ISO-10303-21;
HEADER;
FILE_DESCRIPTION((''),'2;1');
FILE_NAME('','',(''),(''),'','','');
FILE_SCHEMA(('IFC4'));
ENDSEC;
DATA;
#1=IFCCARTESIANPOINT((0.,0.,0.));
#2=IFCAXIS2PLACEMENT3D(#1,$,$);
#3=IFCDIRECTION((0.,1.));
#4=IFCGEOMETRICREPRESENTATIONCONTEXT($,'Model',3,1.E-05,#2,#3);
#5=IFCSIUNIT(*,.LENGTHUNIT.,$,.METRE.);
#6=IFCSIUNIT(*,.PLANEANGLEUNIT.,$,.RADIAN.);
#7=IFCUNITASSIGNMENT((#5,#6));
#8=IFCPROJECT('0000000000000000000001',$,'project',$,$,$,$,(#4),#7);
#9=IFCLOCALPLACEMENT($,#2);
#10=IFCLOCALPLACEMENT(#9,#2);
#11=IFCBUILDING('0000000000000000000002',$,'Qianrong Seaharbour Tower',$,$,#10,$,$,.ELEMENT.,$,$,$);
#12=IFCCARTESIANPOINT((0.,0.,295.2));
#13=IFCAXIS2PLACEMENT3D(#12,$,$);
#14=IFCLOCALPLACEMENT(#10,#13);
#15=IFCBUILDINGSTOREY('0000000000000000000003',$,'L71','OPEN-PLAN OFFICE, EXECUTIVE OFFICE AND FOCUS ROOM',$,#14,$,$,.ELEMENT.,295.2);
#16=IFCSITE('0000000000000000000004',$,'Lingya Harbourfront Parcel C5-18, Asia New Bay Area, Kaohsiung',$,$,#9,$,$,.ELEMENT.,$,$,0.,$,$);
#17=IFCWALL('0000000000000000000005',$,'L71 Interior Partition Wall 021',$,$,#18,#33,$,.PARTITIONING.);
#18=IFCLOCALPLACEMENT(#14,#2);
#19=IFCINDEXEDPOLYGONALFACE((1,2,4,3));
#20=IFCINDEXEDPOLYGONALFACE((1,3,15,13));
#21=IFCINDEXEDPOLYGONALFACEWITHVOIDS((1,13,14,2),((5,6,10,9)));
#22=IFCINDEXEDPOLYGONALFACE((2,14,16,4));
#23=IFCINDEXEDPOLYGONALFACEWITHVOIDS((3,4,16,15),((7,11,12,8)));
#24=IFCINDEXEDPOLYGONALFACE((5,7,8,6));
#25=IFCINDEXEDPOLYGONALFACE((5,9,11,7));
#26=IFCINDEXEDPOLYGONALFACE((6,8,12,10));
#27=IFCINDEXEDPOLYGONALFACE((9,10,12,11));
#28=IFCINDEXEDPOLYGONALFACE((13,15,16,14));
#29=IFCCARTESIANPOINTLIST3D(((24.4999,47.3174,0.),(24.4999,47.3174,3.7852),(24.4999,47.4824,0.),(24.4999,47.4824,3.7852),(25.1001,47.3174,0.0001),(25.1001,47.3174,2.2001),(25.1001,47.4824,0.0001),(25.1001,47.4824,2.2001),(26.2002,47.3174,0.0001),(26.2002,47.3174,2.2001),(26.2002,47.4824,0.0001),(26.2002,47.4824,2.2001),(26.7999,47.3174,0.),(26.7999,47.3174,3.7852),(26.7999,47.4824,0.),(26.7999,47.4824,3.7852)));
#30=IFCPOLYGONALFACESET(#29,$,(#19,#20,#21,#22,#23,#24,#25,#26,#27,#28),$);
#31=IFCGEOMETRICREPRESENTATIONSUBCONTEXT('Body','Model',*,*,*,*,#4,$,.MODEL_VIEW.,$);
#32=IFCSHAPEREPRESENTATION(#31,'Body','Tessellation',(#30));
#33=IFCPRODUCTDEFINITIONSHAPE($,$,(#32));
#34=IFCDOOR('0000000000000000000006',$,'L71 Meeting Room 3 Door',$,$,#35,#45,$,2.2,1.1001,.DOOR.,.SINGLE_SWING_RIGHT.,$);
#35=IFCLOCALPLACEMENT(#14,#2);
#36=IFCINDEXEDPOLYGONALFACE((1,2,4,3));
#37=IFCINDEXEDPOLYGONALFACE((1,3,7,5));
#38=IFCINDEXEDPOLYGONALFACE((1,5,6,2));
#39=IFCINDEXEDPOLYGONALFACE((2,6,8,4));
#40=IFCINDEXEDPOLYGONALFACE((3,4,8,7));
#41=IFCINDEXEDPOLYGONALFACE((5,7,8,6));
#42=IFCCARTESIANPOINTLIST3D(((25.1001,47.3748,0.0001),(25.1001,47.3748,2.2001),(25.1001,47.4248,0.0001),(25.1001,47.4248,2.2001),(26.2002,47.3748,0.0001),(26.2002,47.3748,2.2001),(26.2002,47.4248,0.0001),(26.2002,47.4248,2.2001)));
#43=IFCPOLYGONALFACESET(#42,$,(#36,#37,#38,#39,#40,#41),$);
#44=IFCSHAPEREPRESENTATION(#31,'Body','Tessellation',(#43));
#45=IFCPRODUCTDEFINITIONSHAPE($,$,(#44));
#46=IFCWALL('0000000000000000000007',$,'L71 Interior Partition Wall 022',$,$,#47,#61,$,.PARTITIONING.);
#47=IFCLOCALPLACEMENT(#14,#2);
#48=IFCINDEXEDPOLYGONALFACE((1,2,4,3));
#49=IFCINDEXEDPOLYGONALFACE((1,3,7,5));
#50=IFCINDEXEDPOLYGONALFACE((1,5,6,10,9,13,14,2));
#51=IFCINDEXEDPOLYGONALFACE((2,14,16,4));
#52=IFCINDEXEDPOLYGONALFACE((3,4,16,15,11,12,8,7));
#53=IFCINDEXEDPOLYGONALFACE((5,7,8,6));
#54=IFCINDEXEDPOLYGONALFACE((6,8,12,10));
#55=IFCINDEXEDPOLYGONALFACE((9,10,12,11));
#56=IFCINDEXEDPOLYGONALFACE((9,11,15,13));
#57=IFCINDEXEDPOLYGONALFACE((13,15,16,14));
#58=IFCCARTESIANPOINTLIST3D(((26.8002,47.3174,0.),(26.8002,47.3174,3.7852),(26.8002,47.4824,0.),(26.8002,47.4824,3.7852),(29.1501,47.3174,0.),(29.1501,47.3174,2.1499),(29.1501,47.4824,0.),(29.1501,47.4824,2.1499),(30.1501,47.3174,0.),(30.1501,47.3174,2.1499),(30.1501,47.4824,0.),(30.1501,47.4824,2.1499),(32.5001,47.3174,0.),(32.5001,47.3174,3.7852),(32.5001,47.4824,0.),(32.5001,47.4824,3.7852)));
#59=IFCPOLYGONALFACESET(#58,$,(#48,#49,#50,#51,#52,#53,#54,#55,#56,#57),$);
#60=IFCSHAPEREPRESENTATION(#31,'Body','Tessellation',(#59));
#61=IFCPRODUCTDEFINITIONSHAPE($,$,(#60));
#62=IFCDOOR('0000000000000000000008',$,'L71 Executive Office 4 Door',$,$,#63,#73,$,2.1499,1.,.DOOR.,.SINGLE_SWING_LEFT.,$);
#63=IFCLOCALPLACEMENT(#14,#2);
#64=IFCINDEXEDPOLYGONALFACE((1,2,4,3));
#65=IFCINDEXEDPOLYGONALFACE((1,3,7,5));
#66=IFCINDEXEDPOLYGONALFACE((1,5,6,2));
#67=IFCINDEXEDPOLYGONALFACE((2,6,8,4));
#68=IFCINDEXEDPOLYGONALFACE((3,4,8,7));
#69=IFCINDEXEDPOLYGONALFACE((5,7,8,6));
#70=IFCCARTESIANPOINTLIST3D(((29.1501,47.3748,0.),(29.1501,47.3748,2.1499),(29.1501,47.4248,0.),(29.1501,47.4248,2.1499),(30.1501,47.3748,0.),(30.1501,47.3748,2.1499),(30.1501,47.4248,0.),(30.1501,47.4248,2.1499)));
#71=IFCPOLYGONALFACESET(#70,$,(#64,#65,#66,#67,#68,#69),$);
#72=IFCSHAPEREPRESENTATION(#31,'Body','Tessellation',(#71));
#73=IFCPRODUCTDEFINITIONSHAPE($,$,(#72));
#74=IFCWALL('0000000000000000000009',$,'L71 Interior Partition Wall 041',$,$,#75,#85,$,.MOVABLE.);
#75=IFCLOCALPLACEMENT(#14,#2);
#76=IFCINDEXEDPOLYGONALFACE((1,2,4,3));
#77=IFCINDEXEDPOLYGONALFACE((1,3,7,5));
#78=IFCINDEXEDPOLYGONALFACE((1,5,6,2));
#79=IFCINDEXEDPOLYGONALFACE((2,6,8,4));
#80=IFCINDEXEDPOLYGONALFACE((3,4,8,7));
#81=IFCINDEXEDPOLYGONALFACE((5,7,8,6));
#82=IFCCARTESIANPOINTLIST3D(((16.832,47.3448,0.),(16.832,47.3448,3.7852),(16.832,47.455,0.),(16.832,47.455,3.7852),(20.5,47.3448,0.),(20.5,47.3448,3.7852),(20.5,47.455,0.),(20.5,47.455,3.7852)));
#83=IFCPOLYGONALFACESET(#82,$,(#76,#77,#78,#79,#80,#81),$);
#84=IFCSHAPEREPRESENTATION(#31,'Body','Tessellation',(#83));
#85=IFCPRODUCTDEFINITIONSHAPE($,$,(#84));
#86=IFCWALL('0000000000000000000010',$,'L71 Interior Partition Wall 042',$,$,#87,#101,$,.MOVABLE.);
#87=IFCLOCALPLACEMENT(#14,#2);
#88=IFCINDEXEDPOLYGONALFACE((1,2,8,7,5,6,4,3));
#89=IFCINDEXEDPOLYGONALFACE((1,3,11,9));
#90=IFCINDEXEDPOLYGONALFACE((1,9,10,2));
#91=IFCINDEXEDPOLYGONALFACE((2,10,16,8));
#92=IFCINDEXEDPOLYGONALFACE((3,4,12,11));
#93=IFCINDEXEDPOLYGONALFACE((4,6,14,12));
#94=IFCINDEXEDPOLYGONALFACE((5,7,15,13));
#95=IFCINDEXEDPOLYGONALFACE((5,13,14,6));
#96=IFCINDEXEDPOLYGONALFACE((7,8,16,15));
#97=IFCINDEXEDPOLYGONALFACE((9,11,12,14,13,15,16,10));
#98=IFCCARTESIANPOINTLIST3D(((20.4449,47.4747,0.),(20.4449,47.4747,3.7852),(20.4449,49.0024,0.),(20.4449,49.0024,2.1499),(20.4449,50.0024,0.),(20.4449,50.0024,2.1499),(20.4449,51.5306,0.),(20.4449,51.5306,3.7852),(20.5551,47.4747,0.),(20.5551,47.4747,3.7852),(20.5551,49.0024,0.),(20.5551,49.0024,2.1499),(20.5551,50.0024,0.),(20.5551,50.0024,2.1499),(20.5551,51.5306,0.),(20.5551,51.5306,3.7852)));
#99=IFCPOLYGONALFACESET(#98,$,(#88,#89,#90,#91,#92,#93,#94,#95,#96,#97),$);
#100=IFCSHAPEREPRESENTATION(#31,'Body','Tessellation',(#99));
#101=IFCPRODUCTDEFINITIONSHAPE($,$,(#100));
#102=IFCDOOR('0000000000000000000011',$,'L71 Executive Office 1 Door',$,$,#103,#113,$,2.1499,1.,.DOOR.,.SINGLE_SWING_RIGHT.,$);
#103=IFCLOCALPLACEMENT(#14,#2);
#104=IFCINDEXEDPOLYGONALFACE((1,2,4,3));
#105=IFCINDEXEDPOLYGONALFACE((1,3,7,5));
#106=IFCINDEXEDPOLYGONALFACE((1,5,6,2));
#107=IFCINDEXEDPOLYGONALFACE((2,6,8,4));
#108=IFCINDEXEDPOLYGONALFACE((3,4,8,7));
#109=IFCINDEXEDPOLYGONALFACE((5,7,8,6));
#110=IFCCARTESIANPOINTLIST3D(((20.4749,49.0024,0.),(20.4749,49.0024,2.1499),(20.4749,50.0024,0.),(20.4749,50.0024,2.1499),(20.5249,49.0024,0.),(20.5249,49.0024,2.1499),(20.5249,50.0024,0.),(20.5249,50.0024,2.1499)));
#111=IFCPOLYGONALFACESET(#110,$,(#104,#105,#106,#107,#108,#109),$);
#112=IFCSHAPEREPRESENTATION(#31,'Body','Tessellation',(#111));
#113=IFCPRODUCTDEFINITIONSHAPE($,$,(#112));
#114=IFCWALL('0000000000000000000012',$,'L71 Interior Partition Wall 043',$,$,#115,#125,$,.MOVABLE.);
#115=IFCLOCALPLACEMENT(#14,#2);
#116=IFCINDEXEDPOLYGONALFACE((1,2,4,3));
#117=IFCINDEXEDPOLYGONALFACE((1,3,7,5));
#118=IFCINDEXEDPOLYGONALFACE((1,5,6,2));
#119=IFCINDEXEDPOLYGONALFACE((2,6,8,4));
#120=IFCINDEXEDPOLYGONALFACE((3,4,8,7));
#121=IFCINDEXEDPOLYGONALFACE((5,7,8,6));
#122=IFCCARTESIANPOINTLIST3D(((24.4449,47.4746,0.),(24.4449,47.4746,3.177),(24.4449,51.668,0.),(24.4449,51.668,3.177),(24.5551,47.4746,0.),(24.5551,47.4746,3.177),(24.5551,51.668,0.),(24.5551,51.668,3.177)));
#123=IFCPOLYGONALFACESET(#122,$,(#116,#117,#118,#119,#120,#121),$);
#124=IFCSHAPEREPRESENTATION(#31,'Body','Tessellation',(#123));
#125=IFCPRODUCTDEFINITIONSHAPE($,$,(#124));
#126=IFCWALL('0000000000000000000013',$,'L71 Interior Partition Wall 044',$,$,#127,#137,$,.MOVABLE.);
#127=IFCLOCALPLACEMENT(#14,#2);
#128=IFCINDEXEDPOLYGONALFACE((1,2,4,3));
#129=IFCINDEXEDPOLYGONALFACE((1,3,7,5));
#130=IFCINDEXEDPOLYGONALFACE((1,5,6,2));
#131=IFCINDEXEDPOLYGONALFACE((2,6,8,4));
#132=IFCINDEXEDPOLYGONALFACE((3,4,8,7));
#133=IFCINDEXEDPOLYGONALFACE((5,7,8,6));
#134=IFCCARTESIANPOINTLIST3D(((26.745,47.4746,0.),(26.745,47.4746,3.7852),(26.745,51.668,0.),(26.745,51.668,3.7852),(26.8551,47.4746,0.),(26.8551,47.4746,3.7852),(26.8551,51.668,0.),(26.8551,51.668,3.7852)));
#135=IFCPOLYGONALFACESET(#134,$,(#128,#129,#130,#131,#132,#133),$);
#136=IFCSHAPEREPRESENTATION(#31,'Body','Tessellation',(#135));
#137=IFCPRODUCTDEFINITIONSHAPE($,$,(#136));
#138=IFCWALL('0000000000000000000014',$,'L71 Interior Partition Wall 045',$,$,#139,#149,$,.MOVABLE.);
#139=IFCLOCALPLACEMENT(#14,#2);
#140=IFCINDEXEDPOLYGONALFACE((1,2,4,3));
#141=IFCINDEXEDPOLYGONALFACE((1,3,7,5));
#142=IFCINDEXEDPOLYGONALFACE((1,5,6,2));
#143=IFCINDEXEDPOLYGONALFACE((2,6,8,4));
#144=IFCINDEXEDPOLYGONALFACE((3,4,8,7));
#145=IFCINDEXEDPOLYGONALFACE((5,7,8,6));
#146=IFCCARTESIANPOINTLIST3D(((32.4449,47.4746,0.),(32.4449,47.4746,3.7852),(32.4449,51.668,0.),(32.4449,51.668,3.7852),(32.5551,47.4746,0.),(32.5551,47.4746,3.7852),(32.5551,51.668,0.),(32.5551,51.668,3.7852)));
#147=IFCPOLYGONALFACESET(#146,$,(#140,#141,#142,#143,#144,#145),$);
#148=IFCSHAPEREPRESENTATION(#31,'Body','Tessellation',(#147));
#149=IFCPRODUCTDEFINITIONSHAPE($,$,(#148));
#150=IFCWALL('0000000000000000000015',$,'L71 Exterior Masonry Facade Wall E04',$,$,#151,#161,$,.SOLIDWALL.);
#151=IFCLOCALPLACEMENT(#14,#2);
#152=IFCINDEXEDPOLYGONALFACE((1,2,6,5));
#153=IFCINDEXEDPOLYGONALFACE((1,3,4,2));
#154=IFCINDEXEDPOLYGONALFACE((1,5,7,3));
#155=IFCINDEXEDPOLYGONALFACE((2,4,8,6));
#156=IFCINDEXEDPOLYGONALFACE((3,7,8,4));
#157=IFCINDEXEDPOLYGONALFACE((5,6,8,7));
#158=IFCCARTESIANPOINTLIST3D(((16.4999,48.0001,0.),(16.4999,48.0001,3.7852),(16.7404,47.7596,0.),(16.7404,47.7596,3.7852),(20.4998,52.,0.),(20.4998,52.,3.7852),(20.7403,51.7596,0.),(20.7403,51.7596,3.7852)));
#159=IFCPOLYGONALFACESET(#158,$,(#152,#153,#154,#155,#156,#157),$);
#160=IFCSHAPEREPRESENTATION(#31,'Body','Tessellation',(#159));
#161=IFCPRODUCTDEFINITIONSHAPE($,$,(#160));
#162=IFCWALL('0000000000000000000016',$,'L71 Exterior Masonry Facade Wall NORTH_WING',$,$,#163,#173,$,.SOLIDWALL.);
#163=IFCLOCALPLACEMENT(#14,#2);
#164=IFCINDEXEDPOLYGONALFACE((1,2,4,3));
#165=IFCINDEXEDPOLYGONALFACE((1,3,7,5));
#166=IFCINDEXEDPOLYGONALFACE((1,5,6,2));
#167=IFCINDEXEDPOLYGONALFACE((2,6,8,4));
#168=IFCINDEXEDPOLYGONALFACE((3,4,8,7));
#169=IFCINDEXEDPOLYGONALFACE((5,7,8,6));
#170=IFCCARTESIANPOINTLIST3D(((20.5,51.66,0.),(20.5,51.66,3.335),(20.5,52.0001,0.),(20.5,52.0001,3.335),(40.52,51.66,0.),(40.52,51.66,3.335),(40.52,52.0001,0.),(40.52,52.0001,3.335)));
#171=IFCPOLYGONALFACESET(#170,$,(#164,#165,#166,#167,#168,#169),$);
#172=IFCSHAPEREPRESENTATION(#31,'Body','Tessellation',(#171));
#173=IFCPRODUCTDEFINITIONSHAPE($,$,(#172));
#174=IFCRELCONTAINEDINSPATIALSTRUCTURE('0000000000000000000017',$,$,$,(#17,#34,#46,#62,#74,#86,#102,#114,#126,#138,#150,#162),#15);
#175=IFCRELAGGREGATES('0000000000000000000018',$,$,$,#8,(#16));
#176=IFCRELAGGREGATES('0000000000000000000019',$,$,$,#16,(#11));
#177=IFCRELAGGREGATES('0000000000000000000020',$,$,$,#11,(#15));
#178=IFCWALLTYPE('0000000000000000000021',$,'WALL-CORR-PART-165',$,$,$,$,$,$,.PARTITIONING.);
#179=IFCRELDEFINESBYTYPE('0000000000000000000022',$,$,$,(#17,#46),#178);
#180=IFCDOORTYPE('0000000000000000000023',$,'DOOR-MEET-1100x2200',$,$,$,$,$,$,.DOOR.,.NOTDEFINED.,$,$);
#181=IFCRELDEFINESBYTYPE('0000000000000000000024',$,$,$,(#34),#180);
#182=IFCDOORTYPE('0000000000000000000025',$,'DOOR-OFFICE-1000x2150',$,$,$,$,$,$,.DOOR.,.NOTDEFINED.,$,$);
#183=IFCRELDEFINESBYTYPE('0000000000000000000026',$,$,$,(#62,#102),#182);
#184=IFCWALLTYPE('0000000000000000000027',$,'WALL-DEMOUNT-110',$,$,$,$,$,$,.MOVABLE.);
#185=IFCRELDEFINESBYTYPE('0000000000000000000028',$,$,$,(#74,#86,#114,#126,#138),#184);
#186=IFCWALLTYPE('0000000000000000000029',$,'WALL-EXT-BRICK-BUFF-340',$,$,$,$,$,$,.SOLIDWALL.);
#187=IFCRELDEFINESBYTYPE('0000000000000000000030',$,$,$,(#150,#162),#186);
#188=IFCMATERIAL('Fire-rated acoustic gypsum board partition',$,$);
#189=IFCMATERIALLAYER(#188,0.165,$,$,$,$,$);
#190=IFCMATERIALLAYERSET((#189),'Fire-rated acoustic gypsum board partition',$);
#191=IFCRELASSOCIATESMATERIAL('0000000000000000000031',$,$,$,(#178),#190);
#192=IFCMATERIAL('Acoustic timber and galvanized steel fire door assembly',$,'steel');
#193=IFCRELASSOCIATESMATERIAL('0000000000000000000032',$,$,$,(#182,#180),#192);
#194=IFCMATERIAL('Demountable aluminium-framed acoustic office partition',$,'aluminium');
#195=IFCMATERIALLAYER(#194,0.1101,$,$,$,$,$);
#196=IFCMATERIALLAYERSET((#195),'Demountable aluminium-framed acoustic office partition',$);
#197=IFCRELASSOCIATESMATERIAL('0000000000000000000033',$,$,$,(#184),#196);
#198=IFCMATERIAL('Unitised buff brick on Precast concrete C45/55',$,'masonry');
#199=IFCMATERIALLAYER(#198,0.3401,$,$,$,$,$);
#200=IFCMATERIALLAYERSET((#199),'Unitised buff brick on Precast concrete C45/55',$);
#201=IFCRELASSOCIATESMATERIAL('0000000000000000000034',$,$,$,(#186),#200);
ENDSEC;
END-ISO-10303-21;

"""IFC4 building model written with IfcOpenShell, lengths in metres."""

from ifc_helpers import new_model, si_unit, direction, frame, frame_2d, origin, place, context, subcontext, project, spatial, rectangle, extrude, material, layer, layer_set, type_object, element, fill, save


model = new_model("IFC4")

# Units and contexts
model_context = context("Model", 3, precision=1e-05, world=origin(), true_north=direction((0.0, 1.0)))
body_context = subcontext(model_context, "Body", "Model", "MODEL_VIEW")
ifc_project = project(units=[si_unit("LENGTHUNIT", "METRE"), si_unit("PLANEANGLEUNIT", "RADIAN")], contexts=[model_context])

# Site, building, storey
site_placement = place(None, origin())
site = spatial("IfcSite", under=ifc_project, at=site_placement, Name="Lingya Harbourfront Parcel C5-18, Asia New Bay Area, Kaohsiung", CompositionType="ELEMENT", RefElevation=0.0)
building_placement = place(site_placement, origin())
building = spatial("IfcBuilding", under=site, at=building_placement, Name="Qianrong Seaharbour Tower", CompositionType="ELEMENT")
storey_placement = place(building_placement, frame((0.0, 0.0, 295.2)))
storey = spatial("IfcBuildingStorey", under=building, at=storey_placement, Name="L71", Description="OPEN-PLAN OFFICE, EXECUTIVE OFFICE AND FOCUS ROOM", CompositionType="ELEMENT", Elevation=295.2)

# Shared definitions
ifc_material_1 = material(Name="Fire-rated acoustic gypsum board partition")
ifc_layer_1 = layer(ifc_material_1, 0.165)
ifc_layer_set_1 = layer_set([ifc_layer_1], Name="Fire-rated acoustic gypsum board partition")
wall_type_1 = type_object("IfcWallType", Name="WALL-CORR-PART-165", PredefinedType="PARTITIONING", material=ifc_layer_set_1)

# Walls, openings, doors
ifc_material_2 = material(Name="Acoustic timber and galvanized steel fire door assembly", Category="steel")
door_type_1 = type_object("IfcDoorType", Name="DOOR-OFFICE-1000x2150", OperationType="NOTDEFINED", PredefinedType="DOOR", material=ifc_material_2)
wall_1_placement = place(storey_placement, frame((24.5, 47.3999, 0.0), z_axis=(0.0, 0.0, 1.0), x_axis=(1.0, 0.0, 0.0)))
wall_1 = element("IfcWall", 1, at=wall_1_placement, inside=storey, type_object=wall_type_1, Name="L71 Interior Partition Wall 021", PredefinedType="PARTITIONING", context=body_context, shape_type="SweptSolid", body=[
    extrude(rectangle(XDim=2.3, YDim=0.165, at=frame_2d((1.1499, 0.0))), origin(), (0.0, 0.0, 1.0), 3.7852),
])
opening_1_placement = place(wall_1_placement, frame((0.6001, 0.0, 0.0)))
opening_1 = element("IfcOpeningElement", 2, at=opening_1_placement, cuts=wall_1, PredefinedType="OPENING", context=body_context, shape_type="SweptSolid", body=[
    extrude(rectangle(XDim=1.1001, YDim=2.2, at=frame_2d((0.55, 1.1001))), frame((0.0, 0.0925, 0.0), z_axis=(0.0, -1.0, 0.0), x_axis=(1.0, 0.0, 0.0)), (0.0, 0.0, 1.0), 0.1851),
])
door_type_2 = type_object("IfcDoorType", Name="DOOR-MEET-1100x2200", OperationType="NOTDEFINED", PredefinedType="DOOR", material=ifc_material_2)
door_1_placement = place(opening_1_placement, origin())
door_1 = element("IfcDoor", 3, at=door_1_placement, inside=storey, type_object=door_type_2, Name="L71 Meeting Room 3 Door", OperationType="SINGLE_SWING_RIGHT", OverallHeight=2.2, OverallWidth=1.1001, PredefinedType="DOOR", context=body_context, shape_type="SweptSolid", body=[
    extrude(rectangle(XDim=1.1001, YDim=2.2, at=frame_2d((0.55, 1.1001))), frame((0.0, 0.0249, 0.0), z_axis=(0.0, -1.0, 0.0), x_axis=(1.0, 0.0, 0.0)), (0.0, 0.0, 1.0), 0.05),
])
fill(opening_1, door_1)
wall_2_placement = place(storey_placement, frame((26.8, 47.3999, 0.0), z_axis=(0.0, 0.0, 1.0), x_axis=(1.0, 0.0, 0.0)))
wall_2 = element("IfcWall", 4, at=wall_2_placement, inside=storey, type_object=wall_type_1, Name="L71 Interior Partition Wall 022", PredefinedType="PARTITIONING", context=body_context, shape_type="SweptSolid", body=[
    extrude(rectangle(XDim=5.7, YDim=0.165, at=frame_2d((2.8501, 0.0))), origin(), (0.0, 0.0, 1.0), 3.7852),
])
opening_2_placement = place(wall_2_placement, frame((2.3501, 0.0, 0.0)))
opening_2 = element("IfcOpeningElement", 5, at=opening_2_placement, cuts=wall_2, PredefinedType="OPENING", context=body_context, shape_type="SweptSolid", body=[
    extrude(rectangle(XDim=1.0, YDim=2.1499, at=frame_2d((0.5, 1.075))), frame((0.0, 0.0925, 0.0), z_axis=(0.0, -1.0, 0.0), x_axis=(1.0, 0.0, 0.0)), (0.0, 0.0, 1.0), 0.1851),
])
door_2_placement = place(opening_2_placement, origin())
door_2 = element("IfcDoor", 6, at=door_2_placement, inside=storey, type_object=door_type_1, Name="L71 Executive Office 4 Door", OperationType="SINGLE_SWING_LEFT", OverallHeight=2.1499, OverallWidth=1.0, PredefinedType="DOOR", context=body_context, shape_type="SweptSolid", body=[
    extrude(rectangle(XDim=1.0, YDim=2.1499, at=frame_2d((0.5, 1.075))), frame((0.0, 0.0249, 0.0), z_axis=(0.0, -1.0, 0.0), x_axis=(1.0, 0.0, 0.0)), (0.0, 0.0, 1.0), 0.05),
])
fill(opening_2, door_2)

# Wall
ifc_material_3 = material(Name="Demountable aluminium-framed acoustic office partition", Category="aluminium")
ifc_layer_2 = layer(ifc_material_3, 0.1101)
ifc_layer_set_2 = layer_set([ifc_layer_2], Name="Demountable aluminium-framed acoustic office partition")
wall_type_2 = type_object("IfcWallType", Name="WALL-DEMOUNT-110", PredefinedType="MOVABLE", material=ifc_layer_set_2)
wall_3_placement = place(storey_placement, frame((16.832, 47.3999, 0.0), z_axis=(0.0, 0.0, 1.0), x_axis=(1.0, 0.0, 0.0)))
element("IfcWall", 7, at=wall_3_placement, inside=storey, type_object=wall_type_2, Name="L71 Interior Partition Wall 041", PredefinedType="MOVABLE", context=body_context, shape_type="SweptSolid", body=[
    extrude(rectangle(XDim=3.668, YDim=0.1101, at=frame_2d((1.834, 0.0))), origin(), (0.0, 0.0, 1.0), 3.7852),
])

# Wall, opening, door
wall_4_placement = place(storey_placement, frame((20.5, 51.5305, 0.0), z_axis=(0.0, 0.0, 1.0), x_axis=(0.0, -1.0, 0.0)))
wall_4 = element("IfcWall", 8, at=wall_4_placement, inside=storey, type_object=wall_type_2, Name="L71 Interior Partition Wall 042", PredefinedType="MOVABLE", context=body_context, shape_type="SweptSolid", body=[
    extrude(rectangle(XDim=4.0559, YDim=0.1101, at=frame_2d((2.0278, 0.0))), origin(), (0.0, 0.0, 1.0), 3.7852),
])
opening_3_placement = place(wall_4_placement, frame((1.5281, 0.0, 0.0)))
opening_3 = element("IfcOpeningElement", 9, at=opening_3_placement, cuts=wall_4, PredefinedType="OPENING", context=body_context, shape_type="SweptSolid", body=[
    extrude(rectangle(XDim=1.0, YDim=2.1499, at=frame_2d((0.5, 1.075))), frame((0.0, 0.0649, 0.0), z_axis=(0.0, -1.0, 0.0), x_axis=(1.0, 0.0, 0.0)), (0.0, 0.0, 1.0), 0.1301),
])
door_3_placement = place(opening_3_placement, origin())
door_3 = element("IfcDoor", 10, at=door_3_placement, inside=storey, type_object=door_type_1, Name="L71 Executive Office 1 Door", OperationType="SINGLE_SWING_RIGHT", OverallHeight=2.1499, OverallWidth=1.0, PredefinedType="DOOR", context=body_context, shape_type="SweptSolid", body=[
    extrude(rectangle(XDim=1.0, YDim=2.1499, at=frame_2d((0.5, 1.075))), frame((0.0, 0.0249, 0.0), z_axis=(0.0, -1.0, 0.0), x_axis=(1.0, 0.0, 0.0)), (0.0, 0.0, 1.0), 0.05),
])
fill(opening_3, door_3)

# Walls
wall_5_placement = place(storey_placement, frame((24.5, 51.668, 0.0), z_axis=(0.0, 0.0, 1.0), x_axis=(0.0, -1.0, 0.0)))
element("IfcWall", 11, at=wall_5_placement, inside=storey, type_object=wall_type_2, Name="L71 Interior Partition Wall 043", PredefinedType="MOVABLE", context=body_context, shape_type="SweptSolid", body=[
    extrude(rectangle(XDim=4.1934, YDim=0.1101, at=frame_2d((2.0967, 0.0))), origin(), (0.0, 0.0, 1.0), 3.177),
])
for number, where, z_axis, x_axis, name in (
    (12, (26.8, 51.668, 0.0), (0.0, 0.0, 1.0), (0.0, -1.0, 0.0), "L71 Interior Partition Wall 044"),
    (13, (32.5, 51.668, 0.0), (0.0, 0.0, 1.0), (0.0, -1.0, 0.0), "L71 Interior Partition Wall 045"),
):
    element("IfcWall", number, at=place(storey_placement, frame(where, z_axis=z_axis, x_axis=x_axis)), inside=storey, type_object=wall_type_2, Name=name, PredefinedType="MOVABLE", context=body_context, shape_type="SweptSolid", body=[
        extrude(rectangle(XDim=4.1934, YDim=0.1101, at=frame_2d((2.0967, 0.0))), origin(), (0.0, 0.0, 1.0), 3.7852),
    ])
ifc_material_4 = material(Name="Unitised buff brick on Precast concrete C45/55", Category="masonry")
ifc_layer_3 = layer(ifc_material_4, 0.3401)
ifc_layer_set_3 = layer_set([ifc_layer_3], Name="Unitised buff brick on Precast concrete C45/55")
wall_type_3 = type_object("IfcWallType", Name="WALL-EXT-BRICK-BUFF-340", PredefinedType="SOLIDWALL", material=ifc_layer_set_3)
wall_6_placement = place(storey_placement, frame((16.6201, 47.8799, 0.0), z_axis=(0.0, 0.0, 1.0), x_axis=(0.707107, 0.707107, 0.0)))
element("IfcWall", 14, at=wall_6_placement, inside=storey, type_object=wall_type_3, Name="L71 Exterior Masonry Facade Wall E04", PredefinedType="SOLIDWALL", context=body_context, shape_type="SweptSolid", body=[
    extrude(rectangle(XDim=5.6567, YDim=0.3401, at=frame_2d((2.8284, 0.0))), origin(), (0.0, 0.0, 1.0), 3.7852),
])
wall_7_placement = place(storey_placement, frame((20.5, 51.8301, 0.0), z_axis=(0.0, 0.0, 1.0), x_axis=(1.0, 0.0, 0.0)))
element("IfcWall", 15, at=wall_7_placement, inside=storey, type_object=wall_type_3, Name="L71 Exterior Masonry Facade Wall NORTH_WING", PredefinedType="SOLIDWALL", context=body_context, shape_type="SweptSolid", body=[
    extrude(rectangle(XDim=20.02, YDim=0.3401, at=frame_2d((10.01, 0.0))), origin(), (0.0, 0.0, 1.0), 3.335),
])

save(model, "model.ifc")
